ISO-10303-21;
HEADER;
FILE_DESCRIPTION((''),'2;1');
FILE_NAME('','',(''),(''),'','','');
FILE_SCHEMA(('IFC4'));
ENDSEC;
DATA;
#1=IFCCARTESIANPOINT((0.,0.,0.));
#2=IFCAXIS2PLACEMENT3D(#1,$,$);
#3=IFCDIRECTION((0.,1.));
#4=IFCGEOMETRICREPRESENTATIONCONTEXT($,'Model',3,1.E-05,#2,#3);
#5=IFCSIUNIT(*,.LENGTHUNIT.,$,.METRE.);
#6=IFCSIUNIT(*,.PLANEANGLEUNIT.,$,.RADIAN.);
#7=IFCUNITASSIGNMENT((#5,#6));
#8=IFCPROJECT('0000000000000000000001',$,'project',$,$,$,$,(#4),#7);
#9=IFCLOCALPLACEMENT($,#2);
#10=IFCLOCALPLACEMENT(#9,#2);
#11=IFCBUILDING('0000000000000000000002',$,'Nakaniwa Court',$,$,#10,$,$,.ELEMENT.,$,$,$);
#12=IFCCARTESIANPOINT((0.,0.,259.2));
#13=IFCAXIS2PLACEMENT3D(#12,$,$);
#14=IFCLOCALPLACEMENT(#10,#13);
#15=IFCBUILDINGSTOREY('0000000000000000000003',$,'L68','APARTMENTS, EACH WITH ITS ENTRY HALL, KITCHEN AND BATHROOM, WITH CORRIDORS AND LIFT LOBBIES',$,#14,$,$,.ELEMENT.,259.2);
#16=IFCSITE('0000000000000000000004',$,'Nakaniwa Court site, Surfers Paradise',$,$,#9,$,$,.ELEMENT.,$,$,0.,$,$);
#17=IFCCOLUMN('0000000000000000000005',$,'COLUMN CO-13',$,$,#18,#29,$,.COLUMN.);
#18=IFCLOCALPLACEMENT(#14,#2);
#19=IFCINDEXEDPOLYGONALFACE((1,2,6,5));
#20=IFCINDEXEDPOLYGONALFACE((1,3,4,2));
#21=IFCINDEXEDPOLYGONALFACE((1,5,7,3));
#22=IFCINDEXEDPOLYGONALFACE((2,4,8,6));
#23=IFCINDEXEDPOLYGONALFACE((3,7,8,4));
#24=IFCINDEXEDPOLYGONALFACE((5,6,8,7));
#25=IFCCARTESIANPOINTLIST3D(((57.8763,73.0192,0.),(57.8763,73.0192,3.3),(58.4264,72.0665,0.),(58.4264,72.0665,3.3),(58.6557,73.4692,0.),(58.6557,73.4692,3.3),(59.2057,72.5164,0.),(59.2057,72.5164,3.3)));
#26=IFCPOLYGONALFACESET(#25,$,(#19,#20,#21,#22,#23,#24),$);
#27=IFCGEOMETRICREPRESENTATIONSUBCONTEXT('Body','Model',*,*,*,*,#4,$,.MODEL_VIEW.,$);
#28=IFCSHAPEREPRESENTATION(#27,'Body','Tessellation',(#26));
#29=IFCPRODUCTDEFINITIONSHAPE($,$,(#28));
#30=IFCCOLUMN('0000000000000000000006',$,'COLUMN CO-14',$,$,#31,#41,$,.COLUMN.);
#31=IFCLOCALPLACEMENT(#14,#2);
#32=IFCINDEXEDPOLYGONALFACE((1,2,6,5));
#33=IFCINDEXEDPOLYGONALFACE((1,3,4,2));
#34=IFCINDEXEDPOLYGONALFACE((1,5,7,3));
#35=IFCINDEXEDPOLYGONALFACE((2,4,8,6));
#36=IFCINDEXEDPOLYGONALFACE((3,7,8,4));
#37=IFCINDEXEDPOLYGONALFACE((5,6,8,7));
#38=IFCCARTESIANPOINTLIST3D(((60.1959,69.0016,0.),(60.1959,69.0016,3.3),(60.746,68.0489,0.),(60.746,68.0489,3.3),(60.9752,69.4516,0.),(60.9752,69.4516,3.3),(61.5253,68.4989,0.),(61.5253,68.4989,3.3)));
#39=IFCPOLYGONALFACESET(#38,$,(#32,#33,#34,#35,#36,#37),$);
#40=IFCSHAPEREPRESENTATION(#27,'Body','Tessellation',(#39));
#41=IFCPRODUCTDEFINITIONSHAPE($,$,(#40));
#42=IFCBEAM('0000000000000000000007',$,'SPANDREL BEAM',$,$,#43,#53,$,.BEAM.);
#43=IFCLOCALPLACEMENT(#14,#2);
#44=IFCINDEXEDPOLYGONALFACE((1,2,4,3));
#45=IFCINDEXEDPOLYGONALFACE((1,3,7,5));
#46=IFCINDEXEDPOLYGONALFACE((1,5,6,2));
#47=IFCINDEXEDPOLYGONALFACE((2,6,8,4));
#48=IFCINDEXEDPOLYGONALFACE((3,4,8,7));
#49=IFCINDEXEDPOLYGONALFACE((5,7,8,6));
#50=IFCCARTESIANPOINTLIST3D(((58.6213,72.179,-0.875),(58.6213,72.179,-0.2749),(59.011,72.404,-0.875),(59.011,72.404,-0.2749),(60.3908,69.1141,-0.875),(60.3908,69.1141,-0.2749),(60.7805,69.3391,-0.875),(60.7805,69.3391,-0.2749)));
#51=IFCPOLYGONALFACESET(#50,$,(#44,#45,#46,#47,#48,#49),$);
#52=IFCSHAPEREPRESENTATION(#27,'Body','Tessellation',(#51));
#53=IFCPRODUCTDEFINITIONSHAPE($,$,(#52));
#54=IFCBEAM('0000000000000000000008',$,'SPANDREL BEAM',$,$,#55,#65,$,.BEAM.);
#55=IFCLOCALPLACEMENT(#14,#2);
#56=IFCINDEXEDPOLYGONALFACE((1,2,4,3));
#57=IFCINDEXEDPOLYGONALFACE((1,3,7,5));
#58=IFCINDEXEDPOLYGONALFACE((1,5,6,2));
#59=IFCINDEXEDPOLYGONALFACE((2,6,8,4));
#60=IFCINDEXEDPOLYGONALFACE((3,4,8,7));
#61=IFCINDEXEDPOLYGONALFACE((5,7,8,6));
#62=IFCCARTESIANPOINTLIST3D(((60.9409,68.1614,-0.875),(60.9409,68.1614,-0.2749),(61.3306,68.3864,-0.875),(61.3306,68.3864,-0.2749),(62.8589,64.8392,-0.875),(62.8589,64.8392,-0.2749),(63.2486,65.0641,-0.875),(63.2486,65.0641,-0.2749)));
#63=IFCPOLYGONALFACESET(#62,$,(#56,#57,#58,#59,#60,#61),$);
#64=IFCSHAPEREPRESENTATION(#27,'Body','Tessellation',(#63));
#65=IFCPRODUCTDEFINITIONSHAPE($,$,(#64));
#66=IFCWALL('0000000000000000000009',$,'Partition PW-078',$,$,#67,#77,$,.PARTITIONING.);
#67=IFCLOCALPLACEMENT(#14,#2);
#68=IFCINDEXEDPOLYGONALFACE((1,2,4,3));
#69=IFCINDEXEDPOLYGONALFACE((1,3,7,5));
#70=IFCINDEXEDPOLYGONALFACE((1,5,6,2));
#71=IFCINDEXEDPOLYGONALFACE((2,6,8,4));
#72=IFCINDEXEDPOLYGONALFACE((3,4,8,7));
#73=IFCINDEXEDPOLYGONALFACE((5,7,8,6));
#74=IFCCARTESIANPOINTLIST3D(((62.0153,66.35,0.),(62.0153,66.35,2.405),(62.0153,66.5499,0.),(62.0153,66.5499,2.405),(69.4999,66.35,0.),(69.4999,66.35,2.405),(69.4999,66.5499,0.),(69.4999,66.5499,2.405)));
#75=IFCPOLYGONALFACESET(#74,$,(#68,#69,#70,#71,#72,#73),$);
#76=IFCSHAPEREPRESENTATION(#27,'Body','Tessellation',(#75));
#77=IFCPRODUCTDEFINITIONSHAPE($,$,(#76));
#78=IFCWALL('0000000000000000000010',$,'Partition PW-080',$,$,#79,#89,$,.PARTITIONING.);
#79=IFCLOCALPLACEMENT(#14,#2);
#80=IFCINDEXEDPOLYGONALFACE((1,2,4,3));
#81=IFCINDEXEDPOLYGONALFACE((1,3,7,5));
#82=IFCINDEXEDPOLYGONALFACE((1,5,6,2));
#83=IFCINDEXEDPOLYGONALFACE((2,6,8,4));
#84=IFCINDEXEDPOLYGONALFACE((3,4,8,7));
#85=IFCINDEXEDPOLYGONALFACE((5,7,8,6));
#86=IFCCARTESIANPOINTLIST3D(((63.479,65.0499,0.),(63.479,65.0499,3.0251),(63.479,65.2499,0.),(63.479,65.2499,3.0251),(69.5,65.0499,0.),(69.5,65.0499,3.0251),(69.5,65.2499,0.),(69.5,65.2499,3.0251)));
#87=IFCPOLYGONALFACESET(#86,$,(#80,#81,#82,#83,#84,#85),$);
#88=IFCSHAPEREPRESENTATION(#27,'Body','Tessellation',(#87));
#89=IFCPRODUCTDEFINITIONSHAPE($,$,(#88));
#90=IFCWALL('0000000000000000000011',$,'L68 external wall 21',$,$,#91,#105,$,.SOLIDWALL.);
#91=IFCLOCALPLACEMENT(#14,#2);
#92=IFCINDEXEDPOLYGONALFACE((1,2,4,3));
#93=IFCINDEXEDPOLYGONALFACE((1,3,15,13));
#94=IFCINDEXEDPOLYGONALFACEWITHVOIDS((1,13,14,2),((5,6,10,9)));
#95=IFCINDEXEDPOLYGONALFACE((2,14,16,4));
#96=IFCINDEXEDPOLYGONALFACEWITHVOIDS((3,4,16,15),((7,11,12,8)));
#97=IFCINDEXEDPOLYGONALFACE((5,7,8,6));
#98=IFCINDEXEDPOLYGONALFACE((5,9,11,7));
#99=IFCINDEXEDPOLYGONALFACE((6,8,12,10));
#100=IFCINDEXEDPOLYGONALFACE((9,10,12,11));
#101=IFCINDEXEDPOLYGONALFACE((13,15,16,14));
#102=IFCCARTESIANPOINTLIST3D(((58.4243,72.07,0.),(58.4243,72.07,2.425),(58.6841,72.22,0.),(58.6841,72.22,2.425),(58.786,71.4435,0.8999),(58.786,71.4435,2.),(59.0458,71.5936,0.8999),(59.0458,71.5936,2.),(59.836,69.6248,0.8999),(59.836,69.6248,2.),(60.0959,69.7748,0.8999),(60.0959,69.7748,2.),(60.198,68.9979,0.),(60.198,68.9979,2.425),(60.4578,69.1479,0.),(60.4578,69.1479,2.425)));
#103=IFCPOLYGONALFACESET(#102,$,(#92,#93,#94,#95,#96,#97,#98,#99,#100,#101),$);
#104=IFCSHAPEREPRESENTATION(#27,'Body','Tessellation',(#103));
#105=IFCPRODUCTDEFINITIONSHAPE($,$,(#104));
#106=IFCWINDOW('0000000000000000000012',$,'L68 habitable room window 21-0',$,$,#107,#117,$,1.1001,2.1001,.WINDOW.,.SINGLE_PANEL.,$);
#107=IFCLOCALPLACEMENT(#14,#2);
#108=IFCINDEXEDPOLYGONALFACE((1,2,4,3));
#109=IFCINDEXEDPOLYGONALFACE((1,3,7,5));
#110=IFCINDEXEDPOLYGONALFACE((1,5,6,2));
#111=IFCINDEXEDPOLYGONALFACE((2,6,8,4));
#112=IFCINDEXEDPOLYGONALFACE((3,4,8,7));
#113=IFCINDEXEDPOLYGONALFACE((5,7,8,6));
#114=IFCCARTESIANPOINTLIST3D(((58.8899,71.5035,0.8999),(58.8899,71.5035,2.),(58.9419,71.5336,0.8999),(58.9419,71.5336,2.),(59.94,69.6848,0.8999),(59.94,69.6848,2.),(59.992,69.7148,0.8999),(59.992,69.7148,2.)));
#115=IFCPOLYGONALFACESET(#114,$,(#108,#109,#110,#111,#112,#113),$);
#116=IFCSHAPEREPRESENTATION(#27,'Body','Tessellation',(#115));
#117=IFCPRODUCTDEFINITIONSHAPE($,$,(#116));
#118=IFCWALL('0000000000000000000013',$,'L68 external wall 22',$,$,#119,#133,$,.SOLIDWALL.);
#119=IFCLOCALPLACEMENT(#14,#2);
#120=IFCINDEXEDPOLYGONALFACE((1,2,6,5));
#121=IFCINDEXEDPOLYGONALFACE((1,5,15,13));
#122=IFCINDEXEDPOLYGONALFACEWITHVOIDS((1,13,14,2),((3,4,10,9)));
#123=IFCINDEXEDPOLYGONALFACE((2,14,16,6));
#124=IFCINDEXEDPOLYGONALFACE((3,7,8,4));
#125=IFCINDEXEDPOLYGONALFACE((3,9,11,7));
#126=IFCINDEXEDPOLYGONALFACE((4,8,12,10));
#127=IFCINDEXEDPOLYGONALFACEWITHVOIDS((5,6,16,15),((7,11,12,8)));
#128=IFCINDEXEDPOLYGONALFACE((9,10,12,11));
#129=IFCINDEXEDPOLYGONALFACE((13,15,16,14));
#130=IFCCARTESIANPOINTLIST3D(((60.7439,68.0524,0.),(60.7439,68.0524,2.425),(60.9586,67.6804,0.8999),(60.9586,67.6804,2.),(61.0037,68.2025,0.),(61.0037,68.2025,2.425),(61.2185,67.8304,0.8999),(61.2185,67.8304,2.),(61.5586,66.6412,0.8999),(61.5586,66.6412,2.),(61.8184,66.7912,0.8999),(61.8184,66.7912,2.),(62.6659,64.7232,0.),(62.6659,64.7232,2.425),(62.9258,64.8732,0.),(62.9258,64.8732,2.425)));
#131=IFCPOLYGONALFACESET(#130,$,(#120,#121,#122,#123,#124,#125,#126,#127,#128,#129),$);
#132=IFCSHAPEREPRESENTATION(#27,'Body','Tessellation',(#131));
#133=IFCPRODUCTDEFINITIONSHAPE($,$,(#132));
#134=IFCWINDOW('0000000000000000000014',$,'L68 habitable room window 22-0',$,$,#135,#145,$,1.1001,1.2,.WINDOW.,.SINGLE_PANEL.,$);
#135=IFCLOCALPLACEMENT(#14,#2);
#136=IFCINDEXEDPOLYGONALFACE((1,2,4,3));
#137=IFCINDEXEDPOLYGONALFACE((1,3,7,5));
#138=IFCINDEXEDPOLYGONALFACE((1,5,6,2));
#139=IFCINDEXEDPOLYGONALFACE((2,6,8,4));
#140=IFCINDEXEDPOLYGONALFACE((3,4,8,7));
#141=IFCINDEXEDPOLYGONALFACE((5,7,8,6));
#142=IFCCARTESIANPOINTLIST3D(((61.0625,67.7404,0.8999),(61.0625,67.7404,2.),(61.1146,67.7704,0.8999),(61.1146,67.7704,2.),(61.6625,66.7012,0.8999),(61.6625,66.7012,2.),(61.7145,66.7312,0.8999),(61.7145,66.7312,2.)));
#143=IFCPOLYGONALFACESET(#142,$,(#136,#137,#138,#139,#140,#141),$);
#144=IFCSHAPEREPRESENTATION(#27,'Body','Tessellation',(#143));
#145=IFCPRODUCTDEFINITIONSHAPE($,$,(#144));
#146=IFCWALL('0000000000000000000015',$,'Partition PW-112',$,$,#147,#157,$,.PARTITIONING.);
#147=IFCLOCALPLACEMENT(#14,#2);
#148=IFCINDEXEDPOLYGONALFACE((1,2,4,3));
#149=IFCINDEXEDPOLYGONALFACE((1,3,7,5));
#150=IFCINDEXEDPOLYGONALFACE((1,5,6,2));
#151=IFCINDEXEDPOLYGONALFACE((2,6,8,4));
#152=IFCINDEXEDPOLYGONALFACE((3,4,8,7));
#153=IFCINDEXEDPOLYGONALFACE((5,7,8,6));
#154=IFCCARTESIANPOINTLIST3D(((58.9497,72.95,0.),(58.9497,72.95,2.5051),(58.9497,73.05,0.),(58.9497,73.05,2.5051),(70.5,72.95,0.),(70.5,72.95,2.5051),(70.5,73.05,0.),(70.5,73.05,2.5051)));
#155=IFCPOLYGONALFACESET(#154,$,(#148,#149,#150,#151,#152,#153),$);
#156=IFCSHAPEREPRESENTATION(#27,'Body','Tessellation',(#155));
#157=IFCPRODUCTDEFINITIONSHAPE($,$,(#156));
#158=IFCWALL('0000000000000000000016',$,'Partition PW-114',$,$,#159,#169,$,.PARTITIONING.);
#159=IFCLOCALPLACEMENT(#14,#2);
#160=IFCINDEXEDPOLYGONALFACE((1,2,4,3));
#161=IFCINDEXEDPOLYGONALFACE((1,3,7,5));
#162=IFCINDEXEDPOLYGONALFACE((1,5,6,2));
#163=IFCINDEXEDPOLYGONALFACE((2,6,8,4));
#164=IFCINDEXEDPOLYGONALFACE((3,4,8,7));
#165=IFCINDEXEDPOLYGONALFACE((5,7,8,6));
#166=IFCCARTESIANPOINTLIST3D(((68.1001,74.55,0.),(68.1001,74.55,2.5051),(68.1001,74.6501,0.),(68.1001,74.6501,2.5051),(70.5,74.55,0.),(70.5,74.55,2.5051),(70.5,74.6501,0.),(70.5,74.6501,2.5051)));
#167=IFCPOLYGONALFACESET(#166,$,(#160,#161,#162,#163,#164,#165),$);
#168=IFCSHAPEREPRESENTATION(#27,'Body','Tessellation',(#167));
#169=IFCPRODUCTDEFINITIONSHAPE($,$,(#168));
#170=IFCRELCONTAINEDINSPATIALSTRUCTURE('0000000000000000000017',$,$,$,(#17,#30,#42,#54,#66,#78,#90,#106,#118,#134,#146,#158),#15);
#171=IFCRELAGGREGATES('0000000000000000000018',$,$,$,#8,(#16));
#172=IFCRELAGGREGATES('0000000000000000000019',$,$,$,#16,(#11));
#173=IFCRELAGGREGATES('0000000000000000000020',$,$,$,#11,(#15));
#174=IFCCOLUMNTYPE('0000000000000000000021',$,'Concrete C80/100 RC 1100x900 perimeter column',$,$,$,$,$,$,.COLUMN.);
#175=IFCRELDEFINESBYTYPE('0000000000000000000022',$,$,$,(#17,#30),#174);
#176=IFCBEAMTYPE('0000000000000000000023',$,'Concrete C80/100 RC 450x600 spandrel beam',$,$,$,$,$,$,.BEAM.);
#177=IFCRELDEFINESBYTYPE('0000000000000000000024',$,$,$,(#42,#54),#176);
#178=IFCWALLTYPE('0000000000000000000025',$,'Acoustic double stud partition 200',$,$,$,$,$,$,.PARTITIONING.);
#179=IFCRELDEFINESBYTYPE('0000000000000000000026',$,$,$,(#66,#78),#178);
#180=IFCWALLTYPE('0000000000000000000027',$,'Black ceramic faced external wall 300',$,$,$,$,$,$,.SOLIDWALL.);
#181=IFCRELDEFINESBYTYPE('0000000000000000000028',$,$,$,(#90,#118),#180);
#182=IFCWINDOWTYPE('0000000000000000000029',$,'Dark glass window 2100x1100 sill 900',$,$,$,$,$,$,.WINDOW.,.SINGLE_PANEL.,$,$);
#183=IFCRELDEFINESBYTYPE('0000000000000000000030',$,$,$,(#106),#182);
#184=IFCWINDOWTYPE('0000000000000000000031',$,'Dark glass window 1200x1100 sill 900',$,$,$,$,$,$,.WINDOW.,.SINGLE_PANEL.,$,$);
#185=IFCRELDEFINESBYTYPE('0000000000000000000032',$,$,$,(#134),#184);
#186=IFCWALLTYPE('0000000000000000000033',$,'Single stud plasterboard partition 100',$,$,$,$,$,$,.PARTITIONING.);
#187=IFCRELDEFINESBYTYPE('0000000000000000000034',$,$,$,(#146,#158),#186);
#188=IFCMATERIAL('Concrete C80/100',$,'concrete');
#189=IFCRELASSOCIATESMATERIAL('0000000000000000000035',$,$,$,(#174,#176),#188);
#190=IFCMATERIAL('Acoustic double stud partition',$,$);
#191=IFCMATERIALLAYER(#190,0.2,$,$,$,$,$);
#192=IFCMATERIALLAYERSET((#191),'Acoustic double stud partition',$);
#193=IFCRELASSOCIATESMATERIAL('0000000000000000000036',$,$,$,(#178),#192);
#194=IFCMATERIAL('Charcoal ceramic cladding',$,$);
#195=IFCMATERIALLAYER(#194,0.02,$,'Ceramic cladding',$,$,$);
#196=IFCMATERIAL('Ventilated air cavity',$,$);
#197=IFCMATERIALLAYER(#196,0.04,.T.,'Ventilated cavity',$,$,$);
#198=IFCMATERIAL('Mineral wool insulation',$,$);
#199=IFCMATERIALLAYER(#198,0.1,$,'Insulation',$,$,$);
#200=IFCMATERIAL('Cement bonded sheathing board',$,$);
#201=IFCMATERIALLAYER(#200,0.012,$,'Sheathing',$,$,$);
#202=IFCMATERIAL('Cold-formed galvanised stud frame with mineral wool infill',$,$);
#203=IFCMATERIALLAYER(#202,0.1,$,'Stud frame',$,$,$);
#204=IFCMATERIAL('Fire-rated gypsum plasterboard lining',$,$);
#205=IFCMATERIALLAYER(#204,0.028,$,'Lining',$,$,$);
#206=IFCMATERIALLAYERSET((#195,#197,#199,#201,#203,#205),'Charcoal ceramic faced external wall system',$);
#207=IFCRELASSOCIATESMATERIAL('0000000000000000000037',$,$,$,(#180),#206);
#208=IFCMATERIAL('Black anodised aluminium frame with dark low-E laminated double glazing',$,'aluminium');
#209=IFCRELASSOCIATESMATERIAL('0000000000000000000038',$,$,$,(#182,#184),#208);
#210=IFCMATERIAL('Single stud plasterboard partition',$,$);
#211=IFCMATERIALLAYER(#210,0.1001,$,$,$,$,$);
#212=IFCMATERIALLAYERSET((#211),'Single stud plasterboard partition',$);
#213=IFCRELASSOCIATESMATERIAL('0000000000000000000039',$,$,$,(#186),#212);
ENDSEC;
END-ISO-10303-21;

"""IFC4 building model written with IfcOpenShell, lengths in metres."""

from ifc_helpers import new_model, si_unit, direction, frame, frame_2d, origin, origin_2d, place, context, subcontext, project, spatial, rectangle, extrude, material, layer, layer_set, material_profile, profile_set, type_object, element, fill, save


model = new_model("IFC4")

# Units and contexts
model_context = context("Model", 3, precision=1e-05, world=origin(), true_north=direction((0.0, 1.0)))
body_context = subcontext(model_context, "Body", "Model", "MODEL_VIEW")
ifc_project = project(units=[si_unit("LENGTHUNIT", "METRE"), si_unit("PLANEANGLEUNIT", "RADIAN")], contexts=[model_context])

# Site, building, storey
site_placement = place(None, origin())
site = spatial("IfcSite", under=ifc_project, at=site_placement, Name="Nakaniwa Court site, Surfers Paradise", CompositionType="ELEMENT", RefElevation=0.0)
building_placement = place(site_placement, origin())
building = spatial("IfcBuilding", under=site, at=building_placement, Name="Nakaniwa Court", CompositionType="ELEMENT")
storey_placement = place(building_placement, frame((0.0, 0.0, 259.2)))
storey = spatial("IfcBuildingStorey", under=building, at=storey_placement, Name="L68", Description="APARTMENTS, EACH WITH ITS ENTRY HALL, KITCHEN AND BATHROOM, WITH CORRIDORS AND LIFT LOBBIES", CompositionType="ELEMENT", Elevation=259.2)

# Columns
ifc_material_1 = material(Name="Concrete C80/100", Category="concrete")
ifc_material_profile_1 = material_profile(ifc_material_1, rectangle(XDim=1.1001, YDim=0.8999, at=origin_2d()), Name="Concrete C80/100 RC 1100x900 perimeter column")
ifc_profile_set_1 = profile_set([ifc_material_profile_1], Name="Concrete C80/100")
column_type = type_object("IfcColumnType", Name="Concrete C80/100 RC 1100x900 perimeter column", PredefinedType="COLUMN", material=ifc_profile_set_1)
for number, where, z_axis, x_axis, name in (
    (1, (58.541, 72.7678, 0.0), (0.0, 0.0, 1.0), (0.5, -0.866025, 0.0), "COLUMN CO-13"),
    (2, (60.8606, 68.7502, 0.0), (0.0, 0.0, 1.0), (0.5, -0.866025, 0.0), "COLUMN CO-14"),
):
    element("IfcColumn", number, at=place(storey_placement, frame(where, z_axis=z_axis, x_axis=x_axis)), inside=storey, type_object=column_type, Name=name, PredefinedType="COLUMN", context=body_context, shape_type="SweptSolid", body=[
        extrude(rectangle(XDim=1.1001, YDim=0.8999, at=origin_2d()), origin(), (0.0, 0.0, 1.0), 3.3),
    ])

# Beams
ifc_material_profile_2 = material_profile(ifc_material_1, rectangle(XDim=0.45, YDim=0.6001, at=origin_2d()), Name="Concrete C80/100 RC 450x600 spandrel beam")
ifc_profile_set_2 = profile_set([ifc_material_profile_2], Name="Concrete C80/100")
beam_type = type_object("IfcBeamType", Name="Concrete C80/100 RC 450x600 spandrel beam", PredefinedType="BEAM", material=ifc_profile_set_2)
beam_1_placement = place(storey_placement, frame((58.8162, 72.2915, -0.575), z_axis=(0.499997, -0.866027, 0.0), x_axis=(0.866027, 0.499997, 0.0)))
element("IfcBeam", 3, at=beam_1_placement, inside=storey, type_object=beam_type, Name="SPANDREL BEAM", PredefinedType="BEAM", context=body_context, shape_type="SweptSolid", body=[
    extrude(rectangle(XDim=0.45, YDim=0.6001, at=origin_2d()), origin(), (0.0, 0.0, 1.0), 3.5391),
])
beam_2_placement = place(storey_placement, frame((61.1357, 68.2739, -0.575), z_axis=(0.499972, -0.866041, 0.0), x_axis=(0.866041, 0.499972, 0.0)))
element("IfcBeam", 4, at=beam_2_placement, inside=storey, type_object=beam_type, Name="SPANDREL BEAM", PredefinedType="BEAM", context=body_context, shape_type="SweptSolid", body=[
    extrude(rectangle(XDim=0.45, YDim=0.6001, at=origin_2d()), origin(), (0.0, 0.0, 1.0), 3.8362),
])

# Walls
ifc_material_2 = material(Name="Acoustic double stud partition")
ifc_layer_1 = layer(ifc_material_2, 0.2)
ifc_layer_set_1 = layer_set([ifc_layer_1], Name="Acoustic double stud partition")
wall_type_1 = type_object("IfcWallType", Name="Acoustic double stud partition 200", PredefinedType="PARTITIONING", material=ifc_layer_set_1)
wall_1_placement = place(storey_placement, frame((62.0154, 66.45, 0.0), z_axis=(0.0, 0.0, 1.0), x_axis=(1.0, 0.0, 0.0)))
element("IfcWall", 5, at=wall_1_placement, inside=storey, type_object=wall_type_1, Name="Partition PW-078", PredefinedType="PARTITIONING", context=body_context, shape_type="SweptSolid", body=[
    extrude(rectangle(XDim=7.4846, YDim=0.2, at=frame_2d((3.7422, 0.0))), origin(), (0.0, 0.0, 1.0), 2.405),
])
wall_2_placement = place(storey_placement, frame((63.479, 65.1499, 0.0), z_axis=(0.0, 0.0, 1.0), x_axis=(1.0, 0.0, 0.0)))
element("IfcWall", 6, at=wall_2_placement, inside=storey, type_object=wall_type_1, Name="Partition PW-080", PredefinedType="PARTITIONING", context=body_context, shape_type="SweptSolid", body=[
    extrude(rectangle(XDim=6.021, YDim=0.2, at=frame_2d((3.0105, 0.0))), origin(), (0.0, 0.0, 1.0), 3.0251),
])

# Walls, openings, windows
ifc_material_3 = material(Name="Charcoal ceramic cladding")
ifc_layer_2 = layer(ifc_material_3, 0.02, Name="Ceramic cladding")
ifc_material_4 = material(Name="Ventilated air cavity")
ifc_layer_3 = layer(ifc_material_4, 0.04, ventilated=True, Name="Ventilated cavity")
ifc_material_5 = material(Name="Mineral wool insulation")
ifc_layer_4 = layer(ifc_material_5, 0.1, Name="Insulation")
ifc_material_6 = material(Name="Cement bonded sheathing board")
ifc_layer_5 = layer(ifc_material_6, 0.012, Name="Sheathing")
ifc_material_7 = material(Name="Cold-formed galvanised stud frame with mineral wool infill")
ifc_layer_6 = layer(ifc_material_7, 0.1, Name="Stud frame")
ifc_material_8 = material(Name="Fire-rated gypsum plasterboard lining")
ifc_layer_7 = layer(ifc_material_8, 0.028, Name="Lining")
ifc_layer_set_2 = layer_set([ifc_layer_2, ifc_layer_3, ifc_layer_4, ifc_layer_5, ifc_layer_6, ifc_layer_7], Name="Charcoal ceramic faced external wall system")
wall_type_2 = type_object("IfcWallType", Name="Black ceramic faced external wall 300", PredefinedType="SOLIDWALL", material=ifc_layer_set_2)
wall_3_placement = place(storey_placement, frame((58.5542, 72.145, 0.0), z_axis=(0.0, 0.0, 1.0), x_axis=(0.50001, -0.866019, 0.0)))
wall_3 = element("IfcWall", 7, at=wall_3_placement, inside=storey, type_object=wall_type_2, Name="L68 external wall 21", PredefinedType="SOLIDWALL", context=body_context, shape_type="SweptSolid", body=[
    extrude(rectangle(XDim=3.5474, YDim=0.3, at=frame_2d((1.7737, 0.0))), origin(), (0.0, 0.0, 1.0), 2.425),
])
opening_1_placement = place(wall_3_placement, frame((0.7234, 0.0, 0.8999)))
opening_1 = element("IfcOpeningElement", 8, at=opening_1_placement, cuts=wall_3, PredefinedType="OPENING", context=body_context, shape_type="SweptSolid", body=[
    extrude(rectangle(XDim=2.1001, YDim=1.1001, at=frame_2d((1.05, 0.55))), frame((0.0, 0.1599, 0.0), z_axis=(0.0, -1.0, 0.0), x_axis=(1.0, 0.0, 0.0)), (0.0, 0.0, 1.0), 0.3201),
])
ifc_material_9 = material(Name="Black anodised aluminium frame with dark low-E laminated double glazing", Category="aluminium")
window_type_1 = type_object("IfcWindowType", Name="Dark glass window 2100x1100 sill 900", PartitioningType="SINGLE_PANEL", PredefinedType="WINDOW", material=ifc_material_9)
window_1_placement = place(opening_1_placement, origin())
window_1 = element("IfcWindow", 9, at=window_1_placement, inside=storey, type_object=window_type_1, Name="L68 habitable room window 21-0", OverallHeight=1.1001, OverallWidth=2.1001, PartitioningType="SINGLE_PANEL", PredefinedType="WINDOW", context=body_context, shape_type="SweptSolid", body=[
    extrude(rectangle(XDim=2.1001, YDim=1.1001, at=frame_2d((1.05, 0.55))), frame((0.0, 0.03, 0.0), z_axis=(0.0, -1.0, 0.0), x_axis=(1.0, 0.0, 0.0)), (0.0, 0.0, 1.0), 0.0601),
])
fill(opening_1, window_1)
wall_4_placement = place(storey_placement, frame((60.8738, 68.1274, 0.0), z_axis=(0.0, 0.0, 1.0), x_axis=(0.499984, -0.866034, 0.0)))
wall_4 = element("IfcWall", 10, at=wall_4_placement, inside=storey, type_object=wall_type_2, Name="L68 external wall 22", PredefinedType="SOLIDWALL", context=body_context, shape_type="SweptSolid", body=[
    extrude(rectangle(XDim=3.8442, YDim=0.3, at=frame_2d((1.9221, 0.0))), origin(), (0.0, 0.0, 1.0), 2.425),
])
opening_2_placement = place(wall_4_placement, frame((0.4294, 0.0, 0.8999)))
opening_2 = element("IfcOpeningElement", 11, at=opening_2_placement, cuts=wall_4, PredefinedType="OPENING", context=body_context, shape_type="SweptSolid", body=[
    extrude(rectangle(XDim=1.2, YDim=1.1001, at=frame_2d((0.6001, 0.55))), frame((0.0, 0.1599, 0.0), z_axis=(0.0, -1.0, 0.0), x_axis=(1.0, 0.0, 0.0)), (0.0, 0.0, 1.0), 0.3201),
])
window_type_2 = type_object("IfcWindowType", Name="Dark glass window 1200x1100 sill 900", PartitioningType="SINGLE_PANEL", PredefinedType="WINDOW", material=ifc_material_9)
window_2_placement = place(opening_2_placement, origin())
window_2 = element("IfcWindow", 12, at=window_2_placement, inside=storey, type_object=window_type_2, Name="L68 habitable room window 22-0", OverallHeight=1.1001, OverallWidth=1.2, PartitioningType="SINGLE_PANEL", PredefinedType="WINDOW", context=body_context, shape_type="SweptSolid", body=[
    extrude(rectangle(XDim=1.2, YDim=1.1001, at=frame_2d((0.6001, 0.55))), frame((0.0, 0.03, 0.0), z_axis=(0.0, -1.0, 0.0), x_axis=(1.0, 0.0, 0.0)), (0.0, 0.0, 1.0), 0.0601),
])
fill(opening_2, window_2)

# Walls
ifc_material_10 = material(Name="Single stud plasterboard partition")
ifc_layer_8 = layer(ifc_material_10, 0.1001)
ifc_layer_set_3 = layer_set([ifc_layer_8], Name="Single stud plasterboard partition")
wall_type_3 = type_object("IfcWallType", Name="Single stud plasterboard partition 100", PredefinedType="PARTITIONING", material=ifc_layer_set_3)
wall_5_placement = place(storey_placement, frame((58.9497, 73.0, 0.0), z_axis=(0.0, 0.0, 1.0), x_axis=(1.0, 0.0, 0.0)))
element("IfcWall", 13, at=wall_5_placement, inside=storey, type_object=wall_type_3, Name="Partition PW-112", PredefinedType="PARTITIONING", context=body_context, shape_type="SweptSolid", body=[
    extrude(rectangle(XDim=11.5503, YDim=0.1001, at=frame_2d((5.7751, 0.0))), origin(), (0.0, 0.0, 1.0), 2.5051),
])
wall_6_placement = place(storey_placement, frame((68.1001, 74.6001, 0.0), z_axis=(0.0, 0.0, 1.0), x_axis=(1.0, 0.0, 0.0)))
element("IfcWall", 14, at=wall_6_placement, inside=storey, type_object=wall_type_3, Name="Partition PW-114", PredefinedType="PARTITIONING", context=body_context, shape_type="SweptSolid", body=[
    extrude(rectangle(XDim=2.3999, YDim=0.1001, at=frame_2d((1.2, 0.0))), origin(), (0.0, 0.0, 1.0), 2.5051),
])

save(model, "model.ifc")
